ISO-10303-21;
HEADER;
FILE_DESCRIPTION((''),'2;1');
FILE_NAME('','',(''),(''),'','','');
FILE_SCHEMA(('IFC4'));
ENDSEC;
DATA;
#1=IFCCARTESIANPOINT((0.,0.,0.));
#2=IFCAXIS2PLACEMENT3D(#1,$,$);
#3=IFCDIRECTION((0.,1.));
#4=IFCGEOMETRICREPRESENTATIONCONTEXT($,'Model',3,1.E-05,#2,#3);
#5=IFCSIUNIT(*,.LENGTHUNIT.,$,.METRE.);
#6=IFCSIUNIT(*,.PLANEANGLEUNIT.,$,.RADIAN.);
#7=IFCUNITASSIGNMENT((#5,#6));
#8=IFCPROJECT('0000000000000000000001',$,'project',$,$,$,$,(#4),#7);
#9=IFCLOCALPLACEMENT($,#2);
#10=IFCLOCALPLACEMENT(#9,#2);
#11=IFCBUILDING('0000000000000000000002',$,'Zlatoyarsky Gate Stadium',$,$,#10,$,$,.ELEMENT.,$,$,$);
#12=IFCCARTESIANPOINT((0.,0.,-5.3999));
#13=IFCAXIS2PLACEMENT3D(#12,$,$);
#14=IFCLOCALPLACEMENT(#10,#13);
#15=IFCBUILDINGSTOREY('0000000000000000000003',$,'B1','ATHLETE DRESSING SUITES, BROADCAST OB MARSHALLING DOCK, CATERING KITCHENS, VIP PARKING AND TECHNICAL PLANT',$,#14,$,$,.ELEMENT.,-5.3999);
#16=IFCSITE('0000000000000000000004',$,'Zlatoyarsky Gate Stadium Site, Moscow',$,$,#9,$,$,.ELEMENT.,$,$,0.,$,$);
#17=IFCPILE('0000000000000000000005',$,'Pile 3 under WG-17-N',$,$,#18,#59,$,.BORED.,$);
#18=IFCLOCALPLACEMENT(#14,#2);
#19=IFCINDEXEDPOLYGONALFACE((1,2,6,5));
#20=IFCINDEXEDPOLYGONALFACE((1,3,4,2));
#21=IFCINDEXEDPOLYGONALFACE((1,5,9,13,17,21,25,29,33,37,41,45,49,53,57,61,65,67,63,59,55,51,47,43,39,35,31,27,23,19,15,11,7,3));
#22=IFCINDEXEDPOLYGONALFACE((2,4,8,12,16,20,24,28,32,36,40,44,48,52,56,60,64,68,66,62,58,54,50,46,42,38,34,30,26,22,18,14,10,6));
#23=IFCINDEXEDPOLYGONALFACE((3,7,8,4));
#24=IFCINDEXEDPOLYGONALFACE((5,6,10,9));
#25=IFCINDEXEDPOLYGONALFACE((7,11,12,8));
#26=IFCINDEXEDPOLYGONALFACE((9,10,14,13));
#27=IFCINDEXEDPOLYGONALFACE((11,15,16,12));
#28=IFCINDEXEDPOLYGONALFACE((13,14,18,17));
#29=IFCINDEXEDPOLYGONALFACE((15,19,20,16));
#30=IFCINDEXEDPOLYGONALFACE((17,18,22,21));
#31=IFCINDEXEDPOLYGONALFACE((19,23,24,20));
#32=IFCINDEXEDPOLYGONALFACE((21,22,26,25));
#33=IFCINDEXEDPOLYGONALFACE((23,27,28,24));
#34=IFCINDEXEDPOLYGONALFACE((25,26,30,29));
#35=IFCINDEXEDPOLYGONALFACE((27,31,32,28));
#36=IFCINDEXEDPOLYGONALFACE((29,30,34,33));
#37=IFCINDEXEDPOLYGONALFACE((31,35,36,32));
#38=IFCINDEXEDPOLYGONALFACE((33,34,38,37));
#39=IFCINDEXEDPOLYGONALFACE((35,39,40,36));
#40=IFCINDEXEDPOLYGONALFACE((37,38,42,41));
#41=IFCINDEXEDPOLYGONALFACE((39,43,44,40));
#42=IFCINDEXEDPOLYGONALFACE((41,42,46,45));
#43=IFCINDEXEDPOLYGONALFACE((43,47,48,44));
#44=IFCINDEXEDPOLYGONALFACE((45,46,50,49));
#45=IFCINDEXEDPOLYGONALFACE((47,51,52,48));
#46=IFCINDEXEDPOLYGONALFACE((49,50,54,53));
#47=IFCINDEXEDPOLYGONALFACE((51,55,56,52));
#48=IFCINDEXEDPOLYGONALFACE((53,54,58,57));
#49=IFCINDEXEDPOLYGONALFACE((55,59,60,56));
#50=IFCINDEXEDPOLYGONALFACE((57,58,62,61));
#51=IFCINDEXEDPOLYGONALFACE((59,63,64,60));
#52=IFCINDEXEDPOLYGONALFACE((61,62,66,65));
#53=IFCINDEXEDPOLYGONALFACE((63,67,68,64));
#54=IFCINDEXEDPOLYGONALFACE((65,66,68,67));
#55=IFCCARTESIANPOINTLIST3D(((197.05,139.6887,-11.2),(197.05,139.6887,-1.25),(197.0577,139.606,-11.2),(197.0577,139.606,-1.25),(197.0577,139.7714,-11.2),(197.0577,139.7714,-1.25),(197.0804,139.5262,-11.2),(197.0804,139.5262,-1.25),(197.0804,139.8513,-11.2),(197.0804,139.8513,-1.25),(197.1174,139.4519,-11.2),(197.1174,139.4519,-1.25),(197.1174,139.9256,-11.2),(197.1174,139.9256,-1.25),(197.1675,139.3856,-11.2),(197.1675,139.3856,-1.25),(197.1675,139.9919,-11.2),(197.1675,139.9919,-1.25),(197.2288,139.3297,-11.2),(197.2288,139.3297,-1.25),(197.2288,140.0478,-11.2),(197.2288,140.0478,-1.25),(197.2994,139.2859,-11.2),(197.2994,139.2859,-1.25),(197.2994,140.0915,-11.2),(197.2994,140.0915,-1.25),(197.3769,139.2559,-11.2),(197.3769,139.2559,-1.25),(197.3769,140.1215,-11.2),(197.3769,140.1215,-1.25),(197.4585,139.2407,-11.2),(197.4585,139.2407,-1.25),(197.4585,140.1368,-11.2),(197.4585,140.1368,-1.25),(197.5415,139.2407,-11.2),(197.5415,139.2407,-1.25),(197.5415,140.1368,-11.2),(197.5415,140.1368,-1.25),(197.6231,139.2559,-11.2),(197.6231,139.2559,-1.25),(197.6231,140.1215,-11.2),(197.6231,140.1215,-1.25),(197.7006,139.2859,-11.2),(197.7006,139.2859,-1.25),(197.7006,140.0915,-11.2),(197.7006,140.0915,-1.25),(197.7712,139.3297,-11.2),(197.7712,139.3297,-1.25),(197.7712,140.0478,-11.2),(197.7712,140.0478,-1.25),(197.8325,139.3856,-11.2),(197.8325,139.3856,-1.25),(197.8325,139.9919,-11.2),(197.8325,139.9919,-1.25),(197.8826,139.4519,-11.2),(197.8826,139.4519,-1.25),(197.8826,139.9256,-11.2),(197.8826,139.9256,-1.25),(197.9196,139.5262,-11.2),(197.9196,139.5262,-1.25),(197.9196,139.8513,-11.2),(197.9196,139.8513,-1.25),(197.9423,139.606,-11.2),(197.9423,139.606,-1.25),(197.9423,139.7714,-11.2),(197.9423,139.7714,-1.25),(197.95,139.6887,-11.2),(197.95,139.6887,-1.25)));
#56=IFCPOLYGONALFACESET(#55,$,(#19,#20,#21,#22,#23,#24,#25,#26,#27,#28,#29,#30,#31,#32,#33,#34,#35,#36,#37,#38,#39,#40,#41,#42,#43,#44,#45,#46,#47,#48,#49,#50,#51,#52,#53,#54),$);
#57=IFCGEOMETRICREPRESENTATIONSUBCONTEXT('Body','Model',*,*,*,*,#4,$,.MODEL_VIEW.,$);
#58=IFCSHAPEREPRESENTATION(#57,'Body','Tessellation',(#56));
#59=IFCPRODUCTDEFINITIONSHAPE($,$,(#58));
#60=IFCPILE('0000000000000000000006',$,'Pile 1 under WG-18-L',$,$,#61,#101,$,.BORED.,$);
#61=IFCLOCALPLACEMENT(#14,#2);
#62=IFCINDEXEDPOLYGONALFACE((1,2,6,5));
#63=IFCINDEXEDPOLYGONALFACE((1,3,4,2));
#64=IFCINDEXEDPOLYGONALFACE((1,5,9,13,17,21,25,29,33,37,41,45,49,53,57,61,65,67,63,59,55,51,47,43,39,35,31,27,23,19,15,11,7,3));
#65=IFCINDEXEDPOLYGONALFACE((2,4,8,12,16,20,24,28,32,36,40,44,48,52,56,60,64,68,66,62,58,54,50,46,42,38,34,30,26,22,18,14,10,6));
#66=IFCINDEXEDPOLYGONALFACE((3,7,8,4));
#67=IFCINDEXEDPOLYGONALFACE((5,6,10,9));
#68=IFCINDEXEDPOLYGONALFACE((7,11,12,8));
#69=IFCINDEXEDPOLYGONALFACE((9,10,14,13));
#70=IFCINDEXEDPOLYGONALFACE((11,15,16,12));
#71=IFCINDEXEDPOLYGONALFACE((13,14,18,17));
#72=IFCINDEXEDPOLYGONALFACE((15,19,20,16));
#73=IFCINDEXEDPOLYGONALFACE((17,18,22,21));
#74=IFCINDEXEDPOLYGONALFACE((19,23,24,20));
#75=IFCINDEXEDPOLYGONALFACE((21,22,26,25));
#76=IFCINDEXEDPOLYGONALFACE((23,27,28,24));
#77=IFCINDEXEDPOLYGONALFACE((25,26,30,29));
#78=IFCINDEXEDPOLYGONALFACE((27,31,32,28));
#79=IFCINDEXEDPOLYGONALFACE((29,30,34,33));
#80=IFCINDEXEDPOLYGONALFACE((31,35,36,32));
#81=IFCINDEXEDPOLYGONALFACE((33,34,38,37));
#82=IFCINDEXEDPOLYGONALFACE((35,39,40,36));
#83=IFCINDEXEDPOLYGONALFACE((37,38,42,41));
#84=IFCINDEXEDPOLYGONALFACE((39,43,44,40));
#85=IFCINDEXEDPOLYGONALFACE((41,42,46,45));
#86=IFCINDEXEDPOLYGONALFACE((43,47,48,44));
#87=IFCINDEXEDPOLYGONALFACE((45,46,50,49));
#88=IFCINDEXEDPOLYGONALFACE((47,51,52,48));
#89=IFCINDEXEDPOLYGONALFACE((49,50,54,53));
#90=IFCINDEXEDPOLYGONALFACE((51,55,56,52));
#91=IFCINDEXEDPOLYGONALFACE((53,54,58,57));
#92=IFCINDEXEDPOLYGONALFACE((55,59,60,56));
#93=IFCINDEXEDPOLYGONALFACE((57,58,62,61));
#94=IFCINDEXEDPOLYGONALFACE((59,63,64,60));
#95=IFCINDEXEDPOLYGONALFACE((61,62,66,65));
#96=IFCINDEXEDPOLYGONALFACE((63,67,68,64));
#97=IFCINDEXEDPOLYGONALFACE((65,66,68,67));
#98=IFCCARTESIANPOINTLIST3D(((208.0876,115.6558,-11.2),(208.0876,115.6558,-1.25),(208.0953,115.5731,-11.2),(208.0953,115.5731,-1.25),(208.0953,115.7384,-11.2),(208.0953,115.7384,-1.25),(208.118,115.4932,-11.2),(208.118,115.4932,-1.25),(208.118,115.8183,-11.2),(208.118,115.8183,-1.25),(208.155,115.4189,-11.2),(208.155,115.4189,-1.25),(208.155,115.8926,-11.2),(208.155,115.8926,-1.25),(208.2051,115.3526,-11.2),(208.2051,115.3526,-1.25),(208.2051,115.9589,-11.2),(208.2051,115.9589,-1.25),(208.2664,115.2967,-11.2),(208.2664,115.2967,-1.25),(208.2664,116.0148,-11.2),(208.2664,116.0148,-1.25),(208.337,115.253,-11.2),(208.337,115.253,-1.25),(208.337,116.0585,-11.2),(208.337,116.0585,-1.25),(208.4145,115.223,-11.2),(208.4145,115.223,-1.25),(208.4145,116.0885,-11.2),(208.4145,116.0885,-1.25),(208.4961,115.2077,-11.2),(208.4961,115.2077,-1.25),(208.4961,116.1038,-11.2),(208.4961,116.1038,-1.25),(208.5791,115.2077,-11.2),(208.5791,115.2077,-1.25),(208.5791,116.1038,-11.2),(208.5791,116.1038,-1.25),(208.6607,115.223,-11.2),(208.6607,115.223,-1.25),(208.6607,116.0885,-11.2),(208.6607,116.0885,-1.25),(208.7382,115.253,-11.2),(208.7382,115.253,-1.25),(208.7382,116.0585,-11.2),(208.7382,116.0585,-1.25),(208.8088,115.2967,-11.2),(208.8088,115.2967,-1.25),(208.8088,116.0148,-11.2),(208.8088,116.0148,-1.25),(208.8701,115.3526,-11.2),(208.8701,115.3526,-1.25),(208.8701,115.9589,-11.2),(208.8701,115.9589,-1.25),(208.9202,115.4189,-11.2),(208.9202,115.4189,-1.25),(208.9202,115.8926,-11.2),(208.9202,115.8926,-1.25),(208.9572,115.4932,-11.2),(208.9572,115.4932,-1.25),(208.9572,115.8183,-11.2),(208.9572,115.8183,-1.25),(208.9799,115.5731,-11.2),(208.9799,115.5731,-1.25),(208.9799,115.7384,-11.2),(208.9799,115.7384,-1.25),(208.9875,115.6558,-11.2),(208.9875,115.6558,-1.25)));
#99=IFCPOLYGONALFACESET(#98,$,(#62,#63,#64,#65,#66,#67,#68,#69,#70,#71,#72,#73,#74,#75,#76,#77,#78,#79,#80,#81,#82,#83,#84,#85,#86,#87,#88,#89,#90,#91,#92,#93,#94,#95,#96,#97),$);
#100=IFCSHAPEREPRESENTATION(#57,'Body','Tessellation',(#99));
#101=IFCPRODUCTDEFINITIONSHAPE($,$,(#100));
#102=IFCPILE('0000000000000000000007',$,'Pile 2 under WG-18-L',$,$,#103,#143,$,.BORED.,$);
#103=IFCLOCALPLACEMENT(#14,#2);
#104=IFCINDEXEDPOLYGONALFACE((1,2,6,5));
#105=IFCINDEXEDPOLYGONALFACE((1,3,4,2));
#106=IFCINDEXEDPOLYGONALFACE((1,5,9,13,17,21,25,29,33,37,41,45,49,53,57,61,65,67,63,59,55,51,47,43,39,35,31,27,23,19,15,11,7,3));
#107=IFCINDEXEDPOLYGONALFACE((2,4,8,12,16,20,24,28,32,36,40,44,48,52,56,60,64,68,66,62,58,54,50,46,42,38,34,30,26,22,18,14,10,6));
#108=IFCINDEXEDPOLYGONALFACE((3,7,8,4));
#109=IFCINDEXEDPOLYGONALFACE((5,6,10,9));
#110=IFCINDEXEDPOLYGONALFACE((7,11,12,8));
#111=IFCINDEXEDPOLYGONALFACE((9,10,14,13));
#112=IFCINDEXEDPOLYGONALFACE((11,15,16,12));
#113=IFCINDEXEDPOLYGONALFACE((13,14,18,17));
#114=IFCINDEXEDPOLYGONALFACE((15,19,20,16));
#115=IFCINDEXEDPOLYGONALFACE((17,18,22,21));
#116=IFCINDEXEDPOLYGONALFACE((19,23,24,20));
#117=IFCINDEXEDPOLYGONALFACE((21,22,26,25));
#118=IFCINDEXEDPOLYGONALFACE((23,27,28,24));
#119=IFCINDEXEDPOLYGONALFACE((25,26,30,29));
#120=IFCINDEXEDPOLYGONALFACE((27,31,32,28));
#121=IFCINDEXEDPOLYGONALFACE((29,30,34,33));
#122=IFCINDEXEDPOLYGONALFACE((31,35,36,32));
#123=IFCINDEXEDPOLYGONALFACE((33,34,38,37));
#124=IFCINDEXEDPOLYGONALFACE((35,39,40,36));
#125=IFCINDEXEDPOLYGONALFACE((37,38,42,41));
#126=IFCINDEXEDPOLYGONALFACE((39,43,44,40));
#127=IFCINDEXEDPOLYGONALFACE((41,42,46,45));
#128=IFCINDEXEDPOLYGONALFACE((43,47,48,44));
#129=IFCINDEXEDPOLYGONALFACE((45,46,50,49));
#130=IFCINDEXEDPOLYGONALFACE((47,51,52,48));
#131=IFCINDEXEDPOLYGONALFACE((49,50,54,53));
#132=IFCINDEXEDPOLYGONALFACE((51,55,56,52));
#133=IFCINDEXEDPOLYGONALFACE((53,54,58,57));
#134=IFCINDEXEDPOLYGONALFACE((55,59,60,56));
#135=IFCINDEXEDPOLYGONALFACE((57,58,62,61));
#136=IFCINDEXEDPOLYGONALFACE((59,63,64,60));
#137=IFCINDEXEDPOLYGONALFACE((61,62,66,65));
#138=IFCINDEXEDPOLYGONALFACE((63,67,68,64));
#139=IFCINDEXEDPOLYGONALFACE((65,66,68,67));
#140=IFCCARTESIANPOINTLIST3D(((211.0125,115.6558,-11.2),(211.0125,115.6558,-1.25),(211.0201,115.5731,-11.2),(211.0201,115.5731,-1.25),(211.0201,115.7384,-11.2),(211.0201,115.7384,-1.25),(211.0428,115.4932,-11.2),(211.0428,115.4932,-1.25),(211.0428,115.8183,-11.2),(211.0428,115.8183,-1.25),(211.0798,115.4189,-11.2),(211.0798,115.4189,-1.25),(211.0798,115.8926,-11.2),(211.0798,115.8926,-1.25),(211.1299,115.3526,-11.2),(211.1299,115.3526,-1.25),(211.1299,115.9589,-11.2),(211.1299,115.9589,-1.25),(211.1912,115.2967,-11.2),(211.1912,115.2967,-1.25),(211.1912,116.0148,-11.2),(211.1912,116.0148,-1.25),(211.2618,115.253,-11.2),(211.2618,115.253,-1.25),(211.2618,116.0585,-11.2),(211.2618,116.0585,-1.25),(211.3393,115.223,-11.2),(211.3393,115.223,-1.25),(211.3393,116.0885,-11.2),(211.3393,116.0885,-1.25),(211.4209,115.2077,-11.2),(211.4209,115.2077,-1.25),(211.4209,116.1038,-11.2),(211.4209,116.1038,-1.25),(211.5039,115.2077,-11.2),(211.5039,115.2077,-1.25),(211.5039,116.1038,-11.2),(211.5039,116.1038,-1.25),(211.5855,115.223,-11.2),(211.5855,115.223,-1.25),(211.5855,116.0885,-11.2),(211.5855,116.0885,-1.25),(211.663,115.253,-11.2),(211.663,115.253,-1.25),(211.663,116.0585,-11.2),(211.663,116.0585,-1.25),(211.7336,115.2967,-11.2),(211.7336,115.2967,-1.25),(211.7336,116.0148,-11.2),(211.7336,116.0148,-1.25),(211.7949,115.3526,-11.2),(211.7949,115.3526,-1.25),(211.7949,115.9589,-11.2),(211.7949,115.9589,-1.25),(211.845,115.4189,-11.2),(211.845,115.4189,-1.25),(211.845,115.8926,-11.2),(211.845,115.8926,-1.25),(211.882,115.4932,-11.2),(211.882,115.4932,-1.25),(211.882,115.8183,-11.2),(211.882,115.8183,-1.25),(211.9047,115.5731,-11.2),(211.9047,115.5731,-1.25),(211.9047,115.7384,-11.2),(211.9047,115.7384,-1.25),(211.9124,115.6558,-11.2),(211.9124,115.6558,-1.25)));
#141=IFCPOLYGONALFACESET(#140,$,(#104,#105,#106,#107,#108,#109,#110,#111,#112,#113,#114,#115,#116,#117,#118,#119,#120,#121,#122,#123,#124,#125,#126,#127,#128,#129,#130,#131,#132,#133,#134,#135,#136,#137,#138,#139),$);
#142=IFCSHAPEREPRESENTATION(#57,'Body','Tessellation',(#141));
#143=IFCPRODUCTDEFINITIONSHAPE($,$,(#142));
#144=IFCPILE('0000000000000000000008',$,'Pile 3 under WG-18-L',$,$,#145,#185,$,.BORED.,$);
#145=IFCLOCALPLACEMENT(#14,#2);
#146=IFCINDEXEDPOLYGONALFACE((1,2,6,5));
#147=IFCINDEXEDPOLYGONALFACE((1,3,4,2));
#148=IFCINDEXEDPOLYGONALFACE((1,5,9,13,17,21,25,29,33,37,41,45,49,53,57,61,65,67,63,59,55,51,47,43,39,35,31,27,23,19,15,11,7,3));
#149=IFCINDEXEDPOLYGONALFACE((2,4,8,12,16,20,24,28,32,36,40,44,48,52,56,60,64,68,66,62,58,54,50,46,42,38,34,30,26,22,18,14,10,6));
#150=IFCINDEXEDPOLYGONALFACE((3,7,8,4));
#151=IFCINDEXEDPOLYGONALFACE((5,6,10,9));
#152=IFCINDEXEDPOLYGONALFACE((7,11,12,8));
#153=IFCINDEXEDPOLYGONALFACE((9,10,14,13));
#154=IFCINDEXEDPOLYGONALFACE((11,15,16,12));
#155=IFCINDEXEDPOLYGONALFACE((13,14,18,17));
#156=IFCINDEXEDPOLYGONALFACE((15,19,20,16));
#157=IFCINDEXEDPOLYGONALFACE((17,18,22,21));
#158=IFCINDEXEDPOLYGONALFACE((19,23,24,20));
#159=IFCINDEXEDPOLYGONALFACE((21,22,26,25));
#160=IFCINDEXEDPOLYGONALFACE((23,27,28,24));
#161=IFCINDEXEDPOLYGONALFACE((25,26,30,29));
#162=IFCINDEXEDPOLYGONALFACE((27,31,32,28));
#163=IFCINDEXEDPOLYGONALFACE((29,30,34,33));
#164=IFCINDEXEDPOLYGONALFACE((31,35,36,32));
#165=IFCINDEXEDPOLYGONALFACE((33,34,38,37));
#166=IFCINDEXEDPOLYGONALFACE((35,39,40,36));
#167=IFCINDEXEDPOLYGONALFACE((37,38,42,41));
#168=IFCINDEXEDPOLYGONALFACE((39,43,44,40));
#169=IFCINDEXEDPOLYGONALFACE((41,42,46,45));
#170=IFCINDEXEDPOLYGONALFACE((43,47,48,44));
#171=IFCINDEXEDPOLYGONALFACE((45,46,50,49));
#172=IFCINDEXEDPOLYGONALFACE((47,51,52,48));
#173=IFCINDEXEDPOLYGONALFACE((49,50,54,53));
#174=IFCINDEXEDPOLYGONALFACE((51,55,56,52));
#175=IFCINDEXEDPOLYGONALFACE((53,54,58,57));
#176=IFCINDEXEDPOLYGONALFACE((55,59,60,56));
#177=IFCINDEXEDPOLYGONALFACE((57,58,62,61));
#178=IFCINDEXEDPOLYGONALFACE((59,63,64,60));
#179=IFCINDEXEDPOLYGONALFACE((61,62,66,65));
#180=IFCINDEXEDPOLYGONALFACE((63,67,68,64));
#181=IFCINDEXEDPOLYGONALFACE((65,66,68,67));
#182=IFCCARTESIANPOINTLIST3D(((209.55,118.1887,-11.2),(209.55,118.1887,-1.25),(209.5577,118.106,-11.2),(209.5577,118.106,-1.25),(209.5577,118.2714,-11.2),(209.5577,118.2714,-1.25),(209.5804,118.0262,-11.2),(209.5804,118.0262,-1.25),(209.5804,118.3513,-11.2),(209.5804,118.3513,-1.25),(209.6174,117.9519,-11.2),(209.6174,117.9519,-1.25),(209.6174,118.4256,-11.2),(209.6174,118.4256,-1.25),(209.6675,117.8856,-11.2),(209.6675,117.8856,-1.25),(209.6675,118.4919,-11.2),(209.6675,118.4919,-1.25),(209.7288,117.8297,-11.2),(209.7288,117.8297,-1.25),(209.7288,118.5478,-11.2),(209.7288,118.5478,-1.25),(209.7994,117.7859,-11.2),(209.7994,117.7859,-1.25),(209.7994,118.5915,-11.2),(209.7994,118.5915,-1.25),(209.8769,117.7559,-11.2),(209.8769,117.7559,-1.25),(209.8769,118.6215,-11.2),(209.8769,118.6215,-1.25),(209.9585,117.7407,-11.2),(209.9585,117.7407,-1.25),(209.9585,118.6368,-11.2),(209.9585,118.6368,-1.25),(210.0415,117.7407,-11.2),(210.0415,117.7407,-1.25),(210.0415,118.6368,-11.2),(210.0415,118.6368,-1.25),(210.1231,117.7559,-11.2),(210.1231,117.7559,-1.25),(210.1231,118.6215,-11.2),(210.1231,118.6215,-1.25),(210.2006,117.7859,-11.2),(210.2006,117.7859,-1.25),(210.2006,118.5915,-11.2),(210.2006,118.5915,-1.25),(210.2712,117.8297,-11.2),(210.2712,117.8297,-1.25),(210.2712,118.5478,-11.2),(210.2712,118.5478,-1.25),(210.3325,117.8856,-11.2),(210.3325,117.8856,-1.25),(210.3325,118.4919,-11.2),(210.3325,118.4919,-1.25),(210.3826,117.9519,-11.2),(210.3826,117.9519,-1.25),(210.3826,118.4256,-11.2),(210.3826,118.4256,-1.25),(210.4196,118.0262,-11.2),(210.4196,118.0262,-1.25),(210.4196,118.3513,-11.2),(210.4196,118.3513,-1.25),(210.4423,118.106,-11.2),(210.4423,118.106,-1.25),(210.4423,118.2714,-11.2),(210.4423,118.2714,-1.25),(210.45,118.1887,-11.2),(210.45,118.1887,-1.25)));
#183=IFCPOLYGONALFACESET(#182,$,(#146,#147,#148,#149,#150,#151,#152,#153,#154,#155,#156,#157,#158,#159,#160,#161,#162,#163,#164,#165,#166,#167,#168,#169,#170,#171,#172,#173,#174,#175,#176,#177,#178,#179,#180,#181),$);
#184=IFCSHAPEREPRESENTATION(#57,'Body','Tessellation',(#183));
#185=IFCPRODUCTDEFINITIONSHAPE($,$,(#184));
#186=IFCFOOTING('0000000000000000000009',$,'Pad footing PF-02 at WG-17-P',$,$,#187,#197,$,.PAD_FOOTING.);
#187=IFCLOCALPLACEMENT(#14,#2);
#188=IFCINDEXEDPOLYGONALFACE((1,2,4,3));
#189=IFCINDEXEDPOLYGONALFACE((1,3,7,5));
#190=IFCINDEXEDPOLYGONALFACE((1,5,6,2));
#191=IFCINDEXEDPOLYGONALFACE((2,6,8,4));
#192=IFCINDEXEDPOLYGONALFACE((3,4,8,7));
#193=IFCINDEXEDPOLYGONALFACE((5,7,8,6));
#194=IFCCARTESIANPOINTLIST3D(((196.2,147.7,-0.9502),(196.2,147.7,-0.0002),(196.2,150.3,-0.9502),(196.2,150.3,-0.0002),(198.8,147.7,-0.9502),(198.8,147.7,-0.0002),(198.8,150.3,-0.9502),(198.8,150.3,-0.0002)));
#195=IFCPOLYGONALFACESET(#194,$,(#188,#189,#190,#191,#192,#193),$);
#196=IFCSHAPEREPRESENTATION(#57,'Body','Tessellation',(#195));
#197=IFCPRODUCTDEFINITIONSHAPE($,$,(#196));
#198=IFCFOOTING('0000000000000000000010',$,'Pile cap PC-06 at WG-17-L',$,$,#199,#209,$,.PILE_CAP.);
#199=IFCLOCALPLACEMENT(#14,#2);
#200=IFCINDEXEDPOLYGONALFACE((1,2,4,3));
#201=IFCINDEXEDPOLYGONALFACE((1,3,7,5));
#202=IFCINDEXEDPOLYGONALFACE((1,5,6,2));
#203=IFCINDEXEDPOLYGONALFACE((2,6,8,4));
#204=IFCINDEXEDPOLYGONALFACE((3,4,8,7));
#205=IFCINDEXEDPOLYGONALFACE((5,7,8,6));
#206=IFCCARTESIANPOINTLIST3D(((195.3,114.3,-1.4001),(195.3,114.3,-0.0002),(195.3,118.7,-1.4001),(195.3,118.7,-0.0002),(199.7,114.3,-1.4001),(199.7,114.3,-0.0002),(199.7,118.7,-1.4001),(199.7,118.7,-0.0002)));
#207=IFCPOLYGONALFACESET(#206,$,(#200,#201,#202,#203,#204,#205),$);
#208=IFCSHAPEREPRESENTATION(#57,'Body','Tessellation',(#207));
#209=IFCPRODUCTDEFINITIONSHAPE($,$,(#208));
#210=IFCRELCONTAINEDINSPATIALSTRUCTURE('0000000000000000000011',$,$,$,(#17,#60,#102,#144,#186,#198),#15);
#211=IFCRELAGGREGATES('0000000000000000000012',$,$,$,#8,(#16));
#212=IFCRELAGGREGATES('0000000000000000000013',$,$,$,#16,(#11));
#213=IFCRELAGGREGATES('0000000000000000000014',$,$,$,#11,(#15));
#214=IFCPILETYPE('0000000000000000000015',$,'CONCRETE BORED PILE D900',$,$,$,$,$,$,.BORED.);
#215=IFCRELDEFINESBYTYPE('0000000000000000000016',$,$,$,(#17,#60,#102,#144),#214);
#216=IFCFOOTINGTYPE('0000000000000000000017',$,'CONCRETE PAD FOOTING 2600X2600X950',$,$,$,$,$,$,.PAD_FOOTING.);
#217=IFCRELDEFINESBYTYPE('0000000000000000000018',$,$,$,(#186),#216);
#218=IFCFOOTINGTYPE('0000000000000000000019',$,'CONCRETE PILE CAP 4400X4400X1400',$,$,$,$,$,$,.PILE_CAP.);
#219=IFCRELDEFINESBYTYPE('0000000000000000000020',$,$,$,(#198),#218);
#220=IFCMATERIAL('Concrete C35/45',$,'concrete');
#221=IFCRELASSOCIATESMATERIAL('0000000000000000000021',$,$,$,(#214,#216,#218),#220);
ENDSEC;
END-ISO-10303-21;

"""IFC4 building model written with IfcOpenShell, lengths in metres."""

from ifc_helpers import new_model, si_unit, direction, frame, origin, origin_2d, place, context, subcontext, project, spatial, rectangle, circle, extrude, material, material_profile, profile_set, type_object, element, save


model = new_model("IFC4")

# Units and contexts
model_context = context("Model", 3, precision=1e-05, world=origin(), true_north=direction((0.0, 1.0)))
body_context = subcontext(model_context, "Body", "Model", "MODEL_VIEW")
ifc_project = project(units=[si_unit("LENGTHUNIT", "METRE"), si_unit("PLANEANGLEUNIT", "RADIAN")], contexts=[model_context])

# Site, building, storey
site_placement = place(None, origin())
site = spatial("IfcSite", under=ifc_project, at=site_placement, Name="Zlatoyarsky Gate Stadium Site, Moscow", CompositionType="ELEMENT", RefElevation=0.0)
building_placement = place(site_placement, origin())
building = spatial("IfcBuilding", under=site, at=building_placement, Name="Zlatoyarsky Gate Stadium", CompositionType="ELEMENT")
storey_placement = place(building_placement, frame((0.0, 0.0, -5.3999)))
storey = spatial("IfcBuildingStorey", under=building, at=storey_placement, Name="B1", Description="ATHLETE DRESSING SUITES, BROADCAST OB MARSHALLING DOCK, CATERING KITCHENS, VIP PARKING AND TECHNICAL PLANT", CompositionType="ELEMENT", Elevation=-5.3999)

# Piles
ifc_material_1 = material(Name="Concrete C35/45", Category="concrete")
ifc_material_profile_1 = material_profile(ifc_material_1, circle(Radius=0.45, at=origin_2d()), Name="BORED PILE D900")
ifc_profile_set_1 = profile_set([ifc_material_profile_1], Name="Concrete C35/45")
pile_type_1 = type_object("IfcPileType", Name="CONCRETE BORED PILE D900", PredefinedType="BORED", material=ifc_profile_set_1)
for number, where, z_axis, x_axis, name in (
    (1, (197.5, 139.6887, -1.25), (0.0, 0.0, -1.0), (1.0, 0.0, 0.0), "Pile 3 under WG-17-N"),
    (2, (208.5376, 115.6558, -1.25), (0.0, 0.0, -1.0), (1.0, 0.0, 0.0), "Pile 1 under WG-18-L"),
    (3, (211.4624, 115.6558, -1.25), (0.0, 0.0, -1.0), (1.0, 0.0, 0.0), "Pile 2 under WG-18-L"),
    (4, (210.0, 118.1887, -1.25), (0.0, 0.0, -1.0), (1.0, 0.0, 0.0), "Pile 3 under WG-18-L"),
):
    element("IfcPile", number, at=place(storey_placement, frame(where, z_axis=z_axis, x_axis=x_axis)), inside=storey, type_object=pile_type_1, Name=name, PredefinedType="BORED", context=body_context, shape_type="SweptSolid", body=[
        extrude(circle(Radius=0.45, at=origin_2d()), origin(), (0.0, 0.0, 1.0), 9.95),
    ])

# Footings
footing_type_1 = type_object("IfcFootingType", Name="CONCRETE PAD FOOTING 2600X2600X950", PredefinedType="PAD_FOOTING", material=ifc_material_1)
footing_1_placement = place(storey_placement, frame((197.5, 149.0, -0.9502), z_axis=(0.0, 0.0, 1.0), x_axis=(1.0, 0.0, 0.0)))
element("IfcFooting", 5, at=footing_1_placement, inside=storey, type_object=footing_type_1, Name="Pad footing PF-02 at WG-17-P", PredefinedType="PAD_FOOTING", context=body_context, shape_type="SweptSolid", body=[
    extrude(rectangle(XDim=2.6001, YDim=2.6001, at=origin_2d()), origin(), (0.0, 0.0, 1.0), 0.95),
])
footing_type_2 = type_object("IfcFootingType", Name="CONCRETE PILE CAP 4400X4400X1400", PredefinedType="PILE_CAP", material=ifc_material_1)
footing_2_placement = place(storey_placement, frame((197.5, 116.5, -1.4001), z_axis=(0.0, 0.0, 1.0), x_axis=(1.0, 0.0, 0.0)))
element("IfcFooting", 6, at=footing_2_placement, inside=storey, type_object=footing_type_2, Name="Pile cap PC-06 at WG-17-L", PredefinedType="PILE_CAP", context=body_context, shape_type="SweptSolid", body=[
    extrude(rectangle(XDim=4.3999, YDim=4.3999, at=origin_2d()), origin(), (0.0, 0.0, 1.0), 1.3999),
])

save(model, "model.ifc")
